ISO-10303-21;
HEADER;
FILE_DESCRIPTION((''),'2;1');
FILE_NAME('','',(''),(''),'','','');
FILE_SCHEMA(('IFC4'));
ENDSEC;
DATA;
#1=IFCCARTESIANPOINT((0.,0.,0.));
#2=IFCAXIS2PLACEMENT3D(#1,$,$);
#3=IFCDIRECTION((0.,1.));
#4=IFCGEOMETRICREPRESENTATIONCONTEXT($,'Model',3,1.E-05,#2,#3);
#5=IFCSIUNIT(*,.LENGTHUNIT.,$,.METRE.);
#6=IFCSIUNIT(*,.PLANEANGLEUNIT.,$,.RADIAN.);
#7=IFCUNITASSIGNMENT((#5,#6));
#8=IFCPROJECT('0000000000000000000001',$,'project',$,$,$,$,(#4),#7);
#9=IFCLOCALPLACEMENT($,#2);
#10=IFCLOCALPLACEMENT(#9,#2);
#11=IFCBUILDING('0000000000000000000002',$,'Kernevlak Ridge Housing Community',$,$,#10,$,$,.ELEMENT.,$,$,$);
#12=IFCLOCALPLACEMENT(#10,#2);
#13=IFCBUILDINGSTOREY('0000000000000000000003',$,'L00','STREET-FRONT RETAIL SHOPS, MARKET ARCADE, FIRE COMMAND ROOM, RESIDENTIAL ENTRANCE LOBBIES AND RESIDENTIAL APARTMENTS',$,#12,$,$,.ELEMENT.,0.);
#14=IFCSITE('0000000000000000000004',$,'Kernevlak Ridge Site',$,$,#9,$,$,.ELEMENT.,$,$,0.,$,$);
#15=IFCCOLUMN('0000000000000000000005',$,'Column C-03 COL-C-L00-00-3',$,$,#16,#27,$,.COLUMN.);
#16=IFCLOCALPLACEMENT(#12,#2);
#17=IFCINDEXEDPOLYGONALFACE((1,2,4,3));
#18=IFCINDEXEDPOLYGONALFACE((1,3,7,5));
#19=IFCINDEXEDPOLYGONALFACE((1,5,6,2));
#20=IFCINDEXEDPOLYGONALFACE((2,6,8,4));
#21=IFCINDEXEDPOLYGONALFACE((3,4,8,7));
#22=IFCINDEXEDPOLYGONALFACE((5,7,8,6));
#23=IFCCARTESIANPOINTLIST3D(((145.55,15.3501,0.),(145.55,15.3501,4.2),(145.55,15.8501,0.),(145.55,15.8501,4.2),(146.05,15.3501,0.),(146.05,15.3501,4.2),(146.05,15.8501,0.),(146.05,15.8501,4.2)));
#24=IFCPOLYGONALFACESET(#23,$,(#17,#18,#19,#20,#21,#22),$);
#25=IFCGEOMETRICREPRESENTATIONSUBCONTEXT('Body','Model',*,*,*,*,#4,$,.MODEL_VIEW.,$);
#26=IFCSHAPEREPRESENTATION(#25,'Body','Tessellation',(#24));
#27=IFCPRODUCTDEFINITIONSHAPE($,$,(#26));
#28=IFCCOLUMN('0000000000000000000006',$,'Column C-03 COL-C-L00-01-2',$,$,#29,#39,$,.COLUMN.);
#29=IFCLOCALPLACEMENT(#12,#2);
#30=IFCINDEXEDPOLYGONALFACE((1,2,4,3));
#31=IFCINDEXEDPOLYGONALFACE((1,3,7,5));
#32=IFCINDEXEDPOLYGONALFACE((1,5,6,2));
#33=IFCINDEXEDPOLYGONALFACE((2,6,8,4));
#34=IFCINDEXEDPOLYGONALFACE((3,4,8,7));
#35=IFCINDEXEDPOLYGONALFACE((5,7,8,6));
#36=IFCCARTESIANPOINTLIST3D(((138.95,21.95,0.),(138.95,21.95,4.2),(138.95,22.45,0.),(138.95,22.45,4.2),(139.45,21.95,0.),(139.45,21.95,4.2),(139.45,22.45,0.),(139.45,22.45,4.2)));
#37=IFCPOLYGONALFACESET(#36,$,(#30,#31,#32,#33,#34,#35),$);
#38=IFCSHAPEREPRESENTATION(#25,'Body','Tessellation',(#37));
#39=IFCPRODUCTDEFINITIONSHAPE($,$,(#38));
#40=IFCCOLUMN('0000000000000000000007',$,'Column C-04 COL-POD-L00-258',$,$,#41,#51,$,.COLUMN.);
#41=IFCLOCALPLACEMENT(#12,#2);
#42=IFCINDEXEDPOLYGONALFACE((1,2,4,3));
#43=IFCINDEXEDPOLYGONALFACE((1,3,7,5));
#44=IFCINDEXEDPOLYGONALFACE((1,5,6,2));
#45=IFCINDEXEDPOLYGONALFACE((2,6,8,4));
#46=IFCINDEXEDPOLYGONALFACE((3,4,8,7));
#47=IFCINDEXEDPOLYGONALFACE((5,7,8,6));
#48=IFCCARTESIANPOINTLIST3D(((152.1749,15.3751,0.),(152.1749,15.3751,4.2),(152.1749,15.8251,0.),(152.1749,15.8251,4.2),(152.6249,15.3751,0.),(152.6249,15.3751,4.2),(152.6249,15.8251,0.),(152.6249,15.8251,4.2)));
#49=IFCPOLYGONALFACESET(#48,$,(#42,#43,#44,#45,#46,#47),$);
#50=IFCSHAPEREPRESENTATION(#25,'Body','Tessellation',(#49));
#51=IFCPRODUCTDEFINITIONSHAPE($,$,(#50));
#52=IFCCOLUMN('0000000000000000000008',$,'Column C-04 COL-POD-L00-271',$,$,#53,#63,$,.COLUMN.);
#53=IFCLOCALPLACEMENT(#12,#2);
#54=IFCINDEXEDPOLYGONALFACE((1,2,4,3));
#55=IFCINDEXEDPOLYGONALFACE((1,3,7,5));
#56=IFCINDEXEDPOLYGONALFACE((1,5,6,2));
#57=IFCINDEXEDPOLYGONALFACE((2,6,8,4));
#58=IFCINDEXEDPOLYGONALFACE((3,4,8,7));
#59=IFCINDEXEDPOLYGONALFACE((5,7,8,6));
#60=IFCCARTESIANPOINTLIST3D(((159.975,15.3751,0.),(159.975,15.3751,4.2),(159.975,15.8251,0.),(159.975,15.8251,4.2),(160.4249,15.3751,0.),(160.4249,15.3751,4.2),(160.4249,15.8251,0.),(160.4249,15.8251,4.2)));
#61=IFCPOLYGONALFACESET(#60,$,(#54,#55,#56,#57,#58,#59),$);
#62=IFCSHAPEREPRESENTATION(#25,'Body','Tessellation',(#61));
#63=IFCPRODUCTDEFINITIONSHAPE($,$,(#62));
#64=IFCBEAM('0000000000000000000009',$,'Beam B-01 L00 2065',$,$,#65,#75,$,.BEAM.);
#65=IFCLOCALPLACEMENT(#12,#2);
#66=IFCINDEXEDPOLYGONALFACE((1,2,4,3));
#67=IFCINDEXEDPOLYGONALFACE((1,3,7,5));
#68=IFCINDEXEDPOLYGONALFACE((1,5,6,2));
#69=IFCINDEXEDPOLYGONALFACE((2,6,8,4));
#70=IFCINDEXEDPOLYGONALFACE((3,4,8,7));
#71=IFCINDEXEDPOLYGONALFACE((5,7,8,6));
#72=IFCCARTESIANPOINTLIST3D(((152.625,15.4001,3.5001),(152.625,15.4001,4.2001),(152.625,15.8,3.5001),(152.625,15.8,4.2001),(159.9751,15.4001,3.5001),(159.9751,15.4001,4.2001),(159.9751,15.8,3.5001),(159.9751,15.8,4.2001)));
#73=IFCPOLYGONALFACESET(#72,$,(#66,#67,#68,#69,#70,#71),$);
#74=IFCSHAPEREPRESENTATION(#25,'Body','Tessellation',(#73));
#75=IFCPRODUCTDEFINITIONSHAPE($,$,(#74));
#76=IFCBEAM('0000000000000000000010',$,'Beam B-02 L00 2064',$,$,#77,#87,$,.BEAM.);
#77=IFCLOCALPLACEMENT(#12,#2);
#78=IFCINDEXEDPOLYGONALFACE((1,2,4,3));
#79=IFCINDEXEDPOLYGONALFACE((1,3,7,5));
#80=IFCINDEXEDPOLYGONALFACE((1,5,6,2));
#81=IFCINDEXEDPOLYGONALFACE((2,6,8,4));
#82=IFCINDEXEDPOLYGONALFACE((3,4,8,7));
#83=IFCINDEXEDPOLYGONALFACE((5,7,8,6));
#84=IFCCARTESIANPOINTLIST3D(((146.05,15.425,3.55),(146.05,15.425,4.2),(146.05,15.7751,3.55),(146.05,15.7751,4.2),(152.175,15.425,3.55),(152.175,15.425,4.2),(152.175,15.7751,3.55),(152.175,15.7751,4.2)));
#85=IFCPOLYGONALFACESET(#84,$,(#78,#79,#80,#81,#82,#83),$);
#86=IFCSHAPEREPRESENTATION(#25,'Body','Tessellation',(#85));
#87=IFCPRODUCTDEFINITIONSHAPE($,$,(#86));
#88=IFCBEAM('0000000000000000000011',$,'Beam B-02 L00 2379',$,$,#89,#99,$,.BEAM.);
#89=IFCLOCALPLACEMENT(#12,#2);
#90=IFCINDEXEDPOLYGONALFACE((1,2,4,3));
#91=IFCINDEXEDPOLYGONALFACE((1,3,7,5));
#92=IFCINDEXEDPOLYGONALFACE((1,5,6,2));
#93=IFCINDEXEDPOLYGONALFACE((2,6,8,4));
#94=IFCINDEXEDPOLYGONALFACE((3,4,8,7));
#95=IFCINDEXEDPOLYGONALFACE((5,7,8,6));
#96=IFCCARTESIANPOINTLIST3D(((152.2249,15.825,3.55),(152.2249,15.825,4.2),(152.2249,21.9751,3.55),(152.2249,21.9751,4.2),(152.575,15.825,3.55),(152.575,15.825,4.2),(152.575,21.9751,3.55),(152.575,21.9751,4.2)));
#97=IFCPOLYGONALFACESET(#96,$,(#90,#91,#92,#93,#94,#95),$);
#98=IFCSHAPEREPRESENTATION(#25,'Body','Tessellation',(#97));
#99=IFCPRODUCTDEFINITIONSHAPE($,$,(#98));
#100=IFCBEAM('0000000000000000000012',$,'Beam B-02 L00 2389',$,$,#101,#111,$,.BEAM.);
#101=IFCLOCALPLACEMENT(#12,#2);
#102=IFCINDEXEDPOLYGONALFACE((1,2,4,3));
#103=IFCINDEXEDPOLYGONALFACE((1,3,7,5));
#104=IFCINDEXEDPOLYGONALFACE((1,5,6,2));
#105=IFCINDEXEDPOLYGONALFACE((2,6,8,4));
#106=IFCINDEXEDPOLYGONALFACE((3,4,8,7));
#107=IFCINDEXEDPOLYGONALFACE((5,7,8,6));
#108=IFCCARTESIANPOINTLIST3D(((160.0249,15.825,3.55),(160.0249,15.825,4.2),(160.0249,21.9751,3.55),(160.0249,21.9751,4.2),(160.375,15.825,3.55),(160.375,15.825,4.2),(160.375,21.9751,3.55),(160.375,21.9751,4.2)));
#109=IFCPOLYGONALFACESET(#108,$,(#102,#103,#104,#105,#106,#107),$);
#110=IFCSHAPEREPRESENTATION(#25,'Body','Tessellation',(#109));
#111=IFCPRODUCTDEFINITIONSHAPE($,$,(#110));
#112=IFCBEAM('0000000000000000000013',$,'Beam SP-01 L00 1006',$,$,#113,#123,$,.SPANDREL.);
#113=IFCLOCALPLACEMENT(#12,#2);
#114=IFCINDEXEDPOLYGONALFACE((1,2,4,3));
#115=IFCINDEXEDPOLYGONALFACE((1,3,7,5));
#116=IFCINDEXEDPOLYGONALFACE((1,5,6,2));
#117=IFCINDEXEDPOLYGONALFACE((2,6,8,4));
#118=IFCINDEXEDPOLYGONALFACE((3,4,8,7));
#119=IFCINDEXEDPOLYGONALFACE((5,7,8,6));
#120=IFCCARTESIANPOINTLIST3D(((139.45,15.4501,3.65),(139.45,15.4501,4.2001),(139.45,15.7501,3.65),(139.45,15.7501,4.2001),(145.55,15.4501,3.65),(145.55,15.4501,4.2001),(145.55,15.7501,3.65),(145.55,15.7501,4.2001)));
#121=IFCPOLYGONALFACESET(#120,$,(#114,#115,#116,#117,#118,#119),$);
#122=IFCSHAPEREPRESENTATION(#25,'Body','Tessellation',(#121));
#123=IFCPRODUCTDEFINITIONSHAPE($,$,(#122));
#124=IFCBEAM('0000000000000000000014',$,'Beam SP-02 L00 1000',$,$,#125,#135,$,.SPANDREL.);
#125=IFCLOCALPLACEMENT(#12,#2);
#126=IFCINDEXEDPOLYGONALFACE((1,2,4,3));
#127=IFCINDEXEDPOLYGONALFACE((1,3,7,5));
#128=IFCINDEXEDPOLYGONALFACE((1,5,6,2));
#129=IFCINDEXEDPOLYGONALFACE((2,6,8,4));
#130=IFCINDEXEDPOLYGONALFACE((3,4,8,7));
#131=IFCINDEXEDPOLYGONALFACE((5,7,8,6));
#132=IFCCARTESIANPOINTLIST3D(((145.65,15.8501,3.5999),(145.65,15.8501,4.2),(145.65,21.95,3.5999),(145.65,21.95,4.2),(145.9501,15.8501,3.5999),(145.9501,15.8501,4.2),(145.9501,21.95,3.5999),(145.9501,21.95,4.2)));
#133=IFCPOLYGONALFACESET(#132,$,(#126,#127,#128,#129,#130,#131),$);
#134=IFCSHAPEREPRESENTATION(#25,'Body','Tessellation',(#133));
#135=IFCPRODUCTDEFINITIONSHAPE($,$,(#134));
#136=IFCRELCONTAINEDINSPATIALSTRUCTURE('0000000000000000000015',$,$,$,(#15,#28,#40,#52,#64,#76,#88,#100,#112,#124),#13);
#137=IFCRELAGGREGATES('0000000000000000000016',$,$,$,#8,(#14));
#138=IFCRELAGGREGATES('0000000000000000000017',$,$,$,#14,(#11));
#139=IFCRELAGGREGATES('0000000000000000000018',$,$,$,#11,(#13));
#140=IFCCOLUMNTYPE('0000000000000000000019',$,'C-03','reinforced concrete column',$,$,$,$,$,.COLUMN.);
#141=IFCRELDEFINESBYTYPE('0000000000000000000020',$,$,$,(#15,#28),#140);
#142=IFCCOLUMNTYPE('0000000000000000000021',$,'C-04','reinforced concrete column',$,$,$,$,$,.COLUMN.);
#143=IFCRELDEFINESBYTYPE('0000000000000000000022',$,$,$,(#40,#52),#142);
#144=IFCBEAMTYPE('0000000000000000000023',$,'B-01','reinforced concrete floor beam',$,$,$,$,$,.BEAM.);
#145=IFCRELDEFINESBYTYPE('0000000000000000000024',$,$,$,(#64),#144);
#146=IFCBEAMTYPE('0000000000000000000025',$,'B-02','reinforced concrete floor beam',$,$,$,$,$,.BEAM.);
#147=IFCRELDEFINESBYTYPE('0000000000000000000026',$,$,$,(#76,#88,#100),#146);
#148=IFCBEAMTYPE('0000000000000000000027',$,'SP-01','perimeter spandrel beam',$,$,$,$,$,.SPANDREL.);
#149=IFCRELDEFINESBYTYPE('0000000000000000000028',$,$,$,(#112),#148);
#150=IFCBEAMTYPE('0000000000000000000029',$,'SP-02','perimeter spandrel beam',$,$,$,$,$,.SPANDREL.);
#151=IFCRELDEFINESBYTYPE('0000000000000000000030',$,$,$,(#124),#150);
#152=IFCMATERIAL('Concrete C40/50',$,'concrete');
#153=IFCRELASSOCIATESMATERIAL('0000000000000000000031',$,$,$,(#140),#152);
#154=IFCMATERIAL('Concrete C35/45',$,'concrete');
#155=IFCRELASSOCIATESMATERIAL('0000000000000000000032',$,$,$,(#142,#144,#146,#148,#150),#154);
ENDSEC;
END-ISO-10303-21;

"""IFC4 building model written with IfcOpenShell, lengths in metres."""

from ifc_helpers import new_model, si_unit, direction, frame, origin, origin_2d, place, context, subcontext, project, spatial, rectangle, extrude, material, material_profile, profile_set, type_object, element, save


model = new_model("IFC4")

# Units and contexts
model_context = context("Model", 3, precision=1e-05, world=origin(), true_north=direction((0.0, 1.0)))
body_context = subcontext(model_context, "Body", "Model", "MODEL_VIEW")
ifc_project = project(units=[si_unit("LENGTHUNIT", "METRE"), si_unit("PLANEANGLEUNIT", "RADIAN")], contexts=[model_context])

# Site, building, storey
site_placement = place(None, origin())
site = spatial("IfcSite", under=ifc_project, at=site_placement, Name="Kernevlak Ridge Site", CompositionType="ELEMENT", RefElevation=0.0)
building_placement = place(site_placement, origin())
building = spatial("IfcBuilding", under=site, at=building_placement, Name="Kernevlak Ridge Housing Community", CompositionType="ELEMENT")
storey_placement = place(building_placement, origin())
storey = spatial("IfcBuildingStorey", under=building, at=storey_placement, Name="L00", Description="STREET-FRONT RETAIL SHOPS, MARKET ARCADE, FIRE COMMAND ROOM, RESIDENTIAL ENTRANCE LOBBIES AND RESIDENTIAL APARTMENTS", CompositionType="ELEMENT", Elevation=0.0)

# Columns
ifc_material_1 = material(Name="Concrete C40/50", Category="concrete")
ifc_material_profile_1 = material_profile(ifc_material_1, rectangle(XDim=0.5, YDim=0.5, at=origin_2d()), Name="RC 500x500")
ifc_profile_set_1 = profile_set([ifc_material_profile_1], Name="Concrete C40/50")
column_type_1 = type_object("IfcColumnType", Name="C-03", Description="reinforced concrete column", PredefinedType="COLUMN", material=ifc_profile_set_1)
for number, where, z_axis, x_axis, name in (
    (1, (145.8, 15.6001, 0.0), (0.0, 0.0, 1.0), (1.0, 0.0, 0.0), "Column C-03 COL-C-L00-00-3"),
    (2, (139.2, 22.2, 0.0), (0.0, 0.0, 1.0), (1.0, 0.0, 0.0), "Column C-03 COL-C-L00-01-2"),
):
    element("IfcColumn", number, at=place(storey_placement, frame(where, z_axis=z_axis, x_axis=x_axis)), inside=storey, type_object=column_type_1, Name=name, PredefinedType="COLUMN", context=body_context, shape_type="SweptSolid", body=[
        extrude(rectangle(XDim=0.5, YDim=0.5, at=origin_2d()), origin(), (0.0, 0.0, 1.0), 4.2),
    ])
ifc_material_2 = material(Name="Concrete C35/45", Category="concrete")
ifc_material_profile_2 = material_profile(ifc_material_2, rectangle(XDim=0.45, YDim=0.45, at=origin_2d()), Name="RC 450x450")
ifc_profile_set_2 = profile_set([ifc_material_profile_2], Name="Concrete C35/45")
column_type_2 = type_object("IfcColumnType", Name="C-04", Description="reinforced concrete column", PredefinedType="COLUMN", material=ifc_profile_set_2)
for number, where, z_axis, x_axis, name in (
    (3, (152.3999, 15.6001, 0.0), (0.0, 0.0, 1.0), (1.0, 0.0, 0.0), "Column C-04 COL-POD-L00-258"),
    (4, (160.2, 15.6001, 0.0), (0.0, 0.0, 1.0), (1.0, 0.0, 0.0), "Column C-04 COL-POD-L00-271"),
):
    element("IfcColumn", number, at=place(storey_placement, frame(where, z_axis=z_axis, x_axis=x_axis)), inside=storey, type_object=column_type_2, Name=name, PredefinedType="COLUMN", context=body_context, shape_type="SweptSolid", body=[
        extrude(rectangle(XDim=0.45, YDim=0.45, at=origin_2d()), origin(), (0.0, 0.0, 1.0), 4.2),
    ])

# Beams
ifc_material_profile_3 = material_profile(ifc_material_2, rectangle(XDim=0.3999, YDim=0.7, at=origin_2d()), Name="RC 400x700")
ifc_profile_set_3 = profile_set([ifc_material_profile_3], Name="Concrete C35/45")
beam_type_1 = type_object("IfcBeamType", Name="B-01", Description="reinforced concrete floor beam", PredefinedType="BEAM", material=ifc_profile_set_3)
beam_1_placement = place(storey_placement, frame((152.625, 15.6001, 3.8501), z_axis=(1.0, 0.0, 0.0), x_axis=(0.0, 1.0, 0.0)))
element("IfcBeam", 5, at=beam_1_placement, inside=storey, type_object=beam_type_1, Name="Beam B-01 L00 2065", PredefinedType="BEAM", context=body_context, shape_type="SweptSolid", body=[
    extrude(rectangle(XDim=0.3999, YDim=0.7, at=origin_2d()), origin(), (0.0, 0.0, 1.0), 7.3501),
])
ifc_material_profile_4 = material_profile(ifc_material_2, rectangle(XDim=0.3501, YDim=0.6499, at=origin_2d()), Name="RC 350x650")
ifc_profile_set_4 = profile_set([ifc_material_profile_4], Name="Concrete C35/45")
beam_type_2 = type_object("IfcBeamType", Name="B-02", Description="reinforced concrete floor beam", PredefinedType="BEAM", material=ifc_profile_set_4)
beam_2_placement = place(storey_placement, frame((146.05, 15.6001, 3.875), z_axis=(1.0, 0.0, 0.0), x_axis=(0.0, 1.0, 0.0)))
element("IfcBeam", 6, at=beam_2_placement, inside=storey, type_object=beam_type_2, Name="Beam B-02 L00 2064", PredefinedType="BEAM", context=body_context, shape_type="SweptSolid", body=[
    extrude(rectangle(XDim=0.3501, YDim=0.6499, at=origin_2d()), origin(), (0.0, 0.0, 1.0), 6.125),
])
for number, where, z_axis, x_axis, name in (
    (7, (152.3999, 15.825, 3.875), (0.0, 1.0, 0.0), (-1.0, 0.0, 0.0), "Beam B-02 L00 2379"),
    (8, (160.2, 15.825, 3.875), (0.0, 1.0, 0.0), (-1.0, 0.0, 0.0), "Beam B-02 L00 2389"),
):
    element("IfcBeam", number, at=place(storey_placement, frame(where, z_axis=z_axis, x_axis=x_axis)), inside=storey, type_object=beam_type_2, Name=name, PredefinedType="BEAM", context=body_context, shape_type="SweptSolid", body=[
        extrude(rectangle(XDim=0.3501, YDim=0.6499, at=origin_2d()), origin(), (0.0, 0.0, 1.0), 6.1501),
    ])
ifc_material_profile_5 = material_profile(ifc_material_2, rectangle(XDim=0.3, YDim=0.55, at=origin_2d()), Name="RC 300x550")
ifc_profile_set_5 = profile_set([ifc_material_profile_5], Name="Concrete C35/45")
beam_type_3 = type_object("IfcBeamType", Name="SP-01", Description="perimeter spandrel beam", PredefinedType="SPANDREL", material=ifc_profile_set_5)
beam_3_placement = place(storey_placement, frame((139.45, 15.6001, 3.925), z_axis=(1.0, 0.0, 0.0), x_axis=(0.0, 1.0, 0.0)))
element("IfcBeam", 9, at=beam_3_placement, inside=storey, type_object=beam_type_3, Name="Beam SP-01 L00 1006", PredefinedType="SPANDREL", context=body_context, shape_type="SweptSolid", body=[
    extrude(rectangle(XDim=0.3, YDim=0.55, at=origin_2d()), origin(), (0.0, 0.0, 1.0), 6.1001),
])
ifc_material_profile_6 = material_profile(ifc_material_2, rectangle(XDim=0.3, YDim=0.6001, at=origin_2d()), Name="RC 300x600")
ifc_profile_set_6 = profile_set([ifc_material_profile_6], Name="Concrete C35/45")
beam_type_4 = type_object("IfcBeamType", Name="SP-02", Description="perimeter spandrel beam", PredefinedType="SPANDREL", material=ifc_profile_set_6)
beam_4_placement = place(storey_placement, frame((145.8, 15.8501, 3.8999), z_axis=(0.0, 1.0, 0.0), x_axis=(-1.0, 0.0, 0.0)))
element("IfcBeam", 10, at=beam_4_placement, inside=storey, type_object=beam_type_4, Name="Beam SP-02 L00 1000", PredefinedType="SPANDREL", context=body_context, shape_type="SweptSolid", body=[
    extrude(rectangle(XDim=0.3, YDim=0.6001, at=origin_2d()), origin(), (0.0, 0.0, 1.0), 6.0999),
])

save(model, "model.ifc")
